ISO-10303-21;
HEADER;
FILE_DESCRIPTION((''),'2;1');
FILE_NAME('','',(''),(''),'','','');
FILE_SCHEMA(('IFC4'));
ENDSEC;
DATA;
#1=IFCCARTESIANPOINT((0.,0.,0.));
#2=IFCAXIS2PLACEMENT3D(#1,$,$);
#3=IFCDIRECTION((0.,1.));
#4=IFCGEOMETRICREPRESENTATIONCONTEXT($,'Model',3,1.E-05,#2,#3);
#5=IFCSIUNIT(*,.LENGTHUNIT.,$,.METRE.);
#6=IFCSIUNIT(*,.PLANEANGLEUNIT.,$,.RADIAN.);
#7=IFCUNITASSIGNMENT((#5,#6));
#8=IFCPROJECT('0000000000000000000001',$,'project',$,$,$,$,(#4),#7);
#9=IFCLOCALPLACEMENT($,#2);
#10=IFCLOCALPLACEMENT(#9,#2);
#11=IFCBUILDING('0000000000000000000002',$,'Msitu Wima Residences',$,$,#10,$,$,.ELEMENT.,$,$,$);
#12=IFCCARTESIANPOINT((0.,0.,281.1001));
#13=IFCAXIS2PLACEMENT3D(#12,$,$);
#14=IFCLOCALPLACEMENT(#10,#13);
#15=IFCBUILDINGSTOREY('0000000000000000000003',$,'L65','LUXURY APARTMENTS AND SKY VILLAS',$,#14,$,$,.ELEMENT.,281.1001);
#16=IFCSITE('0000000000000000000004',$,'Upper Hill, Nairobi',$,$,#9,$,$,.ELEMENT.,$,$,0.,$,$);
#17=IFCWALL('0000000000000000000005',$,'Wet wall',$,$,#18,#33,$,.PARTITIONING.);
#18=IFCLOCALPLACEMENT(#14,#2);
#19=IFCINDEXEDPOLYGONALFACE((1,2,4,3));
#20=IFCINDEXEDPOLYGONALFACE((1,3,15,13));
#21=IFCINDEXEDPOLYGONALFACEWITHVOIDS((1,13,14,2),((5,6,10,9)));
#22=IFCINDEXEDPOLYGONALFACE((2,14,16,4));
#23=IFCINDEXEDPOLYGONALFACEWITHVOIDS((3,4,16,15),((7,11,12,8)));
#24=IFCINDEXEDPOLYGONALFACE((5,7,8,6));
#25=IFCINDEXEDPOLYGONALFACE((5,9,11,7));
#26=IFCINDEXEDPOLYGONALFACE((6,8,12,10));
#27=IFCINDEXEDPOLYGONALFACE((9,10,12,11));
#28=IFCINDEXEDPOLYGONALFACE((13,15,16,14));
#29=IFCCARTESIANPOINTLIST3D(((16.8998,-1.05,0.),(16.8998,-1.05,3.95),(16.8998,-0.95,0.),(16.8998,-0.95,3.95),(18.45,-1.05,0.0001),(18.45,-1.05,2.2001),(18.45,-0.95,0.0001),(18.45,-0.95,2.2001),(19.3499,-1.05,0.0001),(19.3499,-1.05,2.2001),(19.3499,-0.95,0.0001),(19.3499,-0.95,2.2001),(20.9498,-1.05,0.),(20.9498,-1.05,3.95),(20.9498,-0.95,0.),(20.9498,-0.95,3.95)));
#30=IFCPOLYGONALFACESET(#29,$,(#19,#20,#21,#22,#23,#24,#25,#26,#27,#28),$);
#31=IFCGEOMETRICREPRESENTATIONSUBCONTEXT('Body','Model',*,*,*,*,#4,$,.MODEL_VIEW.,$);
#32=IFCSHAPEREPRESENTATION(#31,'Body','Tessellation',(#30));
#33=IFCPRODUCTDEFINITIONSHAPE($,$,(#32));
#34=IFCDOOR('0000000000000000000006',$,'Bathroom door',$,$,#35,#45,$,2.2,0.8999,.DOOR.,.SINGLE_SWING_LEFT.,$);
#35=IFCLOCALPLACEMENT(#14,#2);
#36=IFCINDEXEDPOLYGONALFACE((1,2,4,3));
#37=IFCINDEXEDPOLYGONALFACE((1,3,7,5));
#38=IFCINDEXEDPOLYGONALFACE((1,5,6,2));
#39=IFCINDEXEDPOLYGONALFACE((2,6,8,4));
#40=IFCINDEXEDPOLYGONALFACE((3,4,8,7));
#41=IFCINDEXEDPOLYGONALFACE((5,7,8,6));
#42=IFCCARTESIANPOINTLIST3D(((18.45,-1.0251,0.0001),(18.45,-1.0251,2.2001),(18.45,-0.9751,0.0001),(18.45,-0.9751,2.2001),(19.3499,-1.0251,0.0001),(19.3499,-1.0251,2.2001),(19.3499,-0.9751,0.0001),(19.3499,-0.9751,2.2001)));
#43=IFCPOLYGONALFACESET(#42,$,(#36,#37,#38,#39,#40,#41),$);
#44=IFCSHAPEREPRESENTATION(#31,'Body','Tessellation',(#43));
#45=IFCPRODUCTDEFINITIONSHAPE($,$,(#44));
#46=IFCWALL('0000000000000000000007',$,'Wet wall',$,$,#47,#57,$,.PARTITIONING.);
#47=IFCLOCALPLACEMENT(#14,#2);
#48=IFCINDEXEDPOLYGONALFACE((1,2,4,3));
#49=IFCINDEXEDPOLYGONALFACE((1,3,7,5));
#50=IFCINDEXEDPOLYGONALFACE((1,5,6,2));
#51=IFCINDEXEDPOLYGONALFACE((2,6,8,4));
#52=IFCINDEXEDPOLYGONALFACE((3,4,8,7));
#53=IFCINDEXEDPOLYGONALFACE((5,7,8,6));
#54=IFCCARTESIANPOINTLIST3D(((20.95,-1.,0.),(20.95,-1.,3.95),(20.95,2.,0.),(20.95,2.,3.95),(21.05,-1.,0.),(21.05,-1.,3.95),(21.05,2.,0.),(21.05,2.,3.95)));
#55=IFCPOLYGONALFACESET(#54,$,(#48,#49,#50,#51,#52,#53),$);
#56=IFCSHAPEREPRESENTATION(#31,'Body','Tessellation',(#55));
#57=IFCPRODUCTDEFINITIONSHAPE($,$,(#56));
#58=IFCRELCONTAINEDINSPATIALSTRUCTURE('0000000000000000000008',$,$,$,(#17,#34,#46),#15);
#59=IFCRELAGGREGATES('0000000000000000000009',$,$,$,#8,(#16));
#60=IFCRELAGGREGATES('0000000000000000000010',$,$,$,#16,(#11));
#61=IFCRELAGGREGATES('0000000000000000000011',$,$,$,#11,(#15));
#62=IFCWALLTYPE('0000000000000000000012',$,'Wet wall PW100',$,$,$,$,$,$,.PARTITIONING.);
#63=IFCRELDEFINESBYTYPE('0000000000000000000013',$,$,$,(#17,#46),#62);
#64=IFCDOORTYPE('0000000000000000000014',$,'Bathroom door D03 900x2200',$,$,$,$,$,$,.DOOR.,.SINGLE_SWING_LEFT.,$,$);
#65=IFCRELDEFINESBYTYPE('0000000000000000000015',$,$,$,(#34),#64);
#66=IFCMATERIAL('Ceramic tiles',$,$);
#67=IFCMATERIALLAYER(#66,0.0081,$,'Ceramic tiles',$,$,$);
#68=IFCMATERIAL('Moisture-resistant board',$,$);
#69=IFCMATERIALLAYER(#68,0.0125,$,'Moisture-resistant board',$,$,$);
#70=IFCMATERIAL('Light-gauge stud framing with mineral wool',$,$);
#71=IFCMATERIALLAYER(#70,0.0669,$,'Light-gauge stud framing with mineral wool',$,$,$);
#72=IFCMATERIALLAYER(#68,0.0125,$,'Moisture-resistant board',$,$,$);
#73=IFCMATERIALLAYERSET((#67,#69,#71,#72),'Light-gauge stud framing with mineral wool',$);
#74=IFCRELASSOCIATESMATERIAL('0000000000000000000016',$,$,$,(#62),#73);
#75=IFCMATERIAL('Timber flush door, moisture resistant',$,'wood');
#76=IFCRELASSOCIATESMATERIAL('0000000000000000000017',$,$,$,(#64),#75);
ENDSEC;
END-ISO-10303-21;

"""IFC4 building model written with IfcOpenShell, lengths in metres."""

from ifc_helpers import new_model, si_unit, direction, frame, frame_2d, origin, place, context, subcontext, project, spatial, rectangle, extrude, material, layer, layer_set, type_object, element, fill, save


model = new_model("IFC4")

# Units and contexts
model_context = context("Model", 3, precision=1e-05, world=origin(), true_north=direction((0.0, 1.0)))
body_context = subcontext(model_context, "Body", "Model", "MODEL_VIEW")
ifc_project = project(units=[si_unit("LENGTHUNIT", "METRE"), si_unit("PLANEANGLEUNIT", "RADIAN")], contexts=[model_context])

# Site, building, storey
site_placement = place(None, origin())
site = spatial("IfcSite", under=ifc_project, at=site_placement, Name="Upper Hill, Nairobi", CompositionType="ELEMENT", RefElevation=0.0)
building_placement = place(site_placement, origin())
building = spatial("IfcBuilding", under=site, at=building_placement, Name="Msitu Wima Residences", CompositionType="ELEMENT")
storey_placement = place(building_placement, frame((0.0, 0.0, 281.1001)))
storey = spatial("IfcBuildingStorey", under=building, at=storey_placement, Name="L65", Description="LUXURY APARTMENTS AND SKY VILLAS", CompositionType="ELEMENT", Elevation=281.1001)

# Wall, opening, door
ifc_material_1 = material(Name="Ceramic tiles")
ifc_layer_1 = layer(ifc_material_1, 0.0081, Name="Ceramic tiles")
ifc_material_2 = material(Name="Moisture-resistant board")
ifc_layer_2 = layer(ifc_material_2, 0.0125, Name="Moisture-resistant board")
ifc_material_3 = material(Name="Light-gauge stud framing with mineral wool")
ifc_layer_3 = layer(ifc_material_3, 0.0669, Name="Light-gauge stud framing with mineral wool")
ifc_layer_4 = layer(ifc_material_2, 0.0125, Name="Moisture-resistant board")
ifc_layer_set_1 = layer_set([ifc_layer_1, ifc_layer_2, ifc_layer_3, ifc_layer_4], Name="Light-gauge stud framing with mineral wool")
wall_type_1 = type_object("IfcWallType", Name="Wet wall PW100", PredefinedType="PARTITIONING", material=ifc_layer_set_1)
wall_1_placement = place(storey_placement, frame((16.8999, -1.0, 0.0), z_axis=(0.0, 0.0, 1.0), x_axis=(1.0, 0.0, 0.0)))
wall_1 = element("IfcWall", 1, at=wall_1_placement, inside=storey, type_object=wall_type_1, Name="Wet wall", PredefinedType="PARTITIONING", context=body_context, shape_type="SweptSolid", body=[
    extrude(rectangle(XDim=4.05, YDim=0.1001, at=frame_2d((2.0249, 0.0))), origin(), (0.0, 0.0, 1.0), 3.95),
])
opening_1_placement = place(wall_1_placement, frame((1.55, 0.0, 0.0)))
opening_1 = element("IfcOpeningElement", 2, at=opening_1_placement, cuts=wall_1, PredefinedType="OPENING", context=body_context, shape_type="SweptSolid", body=[
    extrude(rectangle(XDim=0.8999, YDim=2.2, at=frame_2d((0.45, 1.1001))), frame((0.0, 0.0601, 0.0), z_axis=(0.0, -1.0, 0.0), x_axis=(1.0, 0.0, 0.0)), (0.0, 0.0, 1.0), 0.1201),
])
ifc_material_4 = material(Name="Timber flush door, moisture resistant", Category="wood")
door_type_1 = type_object("IfcDoorType", Name="Bathroom door D03 900x2200", OperationType="SINGLE_SWING_LEFT", PredefinedType="DOOR", material=ifc_material_4)
door_1_placement = place(opening_1_placement, origin())
door_1 = element("IfcDoor", 3, at=door_1_placement, inside=storey, type_object=door_type_1, Name="Bathroom door", OperationType="SINGLE_SWING_LEFT", OverallHeight=2.2, OverallWidth=0.8999, PredefinedType="DOOR", context=body_context, shape_type="SweptSolid", body=[
    extrude(rectangle(XDim=0.8999, YDim=2.2, at=frame_2d((0.45, 1.1001))), frame((0.0, 0.0249, 0.0), z_axis=(0.0, -1.0, 0.0), x_axis=(1.0, 0.0, 0.0)), (0.0, 0.0, 1.0), 0.05),
])
fill(opening_1, door_1)

# Wall
wall_2_placement = place(storey_placement, frame((21.0, -1.0, 0.0), z_axis=(0.0, 0.0, 1.0), x_axis=(0.0, 1.0, 0.0)))
element("IfcWall", 4, at=wall_2_placement, inside=storey, type_object=wall_type_1, Name="Wet wall", PredefinedType="PARTITIONING", context=body_context, shape_type="SweptSolid", body=[
    extrude(rectangle(XDim=3.0, YDim=0.1001, at=frame_2d((1.5, 0.0))), origin(), (0.0, 0.0, 1.0), 3.95),
])

save(model, "model.ifc")
